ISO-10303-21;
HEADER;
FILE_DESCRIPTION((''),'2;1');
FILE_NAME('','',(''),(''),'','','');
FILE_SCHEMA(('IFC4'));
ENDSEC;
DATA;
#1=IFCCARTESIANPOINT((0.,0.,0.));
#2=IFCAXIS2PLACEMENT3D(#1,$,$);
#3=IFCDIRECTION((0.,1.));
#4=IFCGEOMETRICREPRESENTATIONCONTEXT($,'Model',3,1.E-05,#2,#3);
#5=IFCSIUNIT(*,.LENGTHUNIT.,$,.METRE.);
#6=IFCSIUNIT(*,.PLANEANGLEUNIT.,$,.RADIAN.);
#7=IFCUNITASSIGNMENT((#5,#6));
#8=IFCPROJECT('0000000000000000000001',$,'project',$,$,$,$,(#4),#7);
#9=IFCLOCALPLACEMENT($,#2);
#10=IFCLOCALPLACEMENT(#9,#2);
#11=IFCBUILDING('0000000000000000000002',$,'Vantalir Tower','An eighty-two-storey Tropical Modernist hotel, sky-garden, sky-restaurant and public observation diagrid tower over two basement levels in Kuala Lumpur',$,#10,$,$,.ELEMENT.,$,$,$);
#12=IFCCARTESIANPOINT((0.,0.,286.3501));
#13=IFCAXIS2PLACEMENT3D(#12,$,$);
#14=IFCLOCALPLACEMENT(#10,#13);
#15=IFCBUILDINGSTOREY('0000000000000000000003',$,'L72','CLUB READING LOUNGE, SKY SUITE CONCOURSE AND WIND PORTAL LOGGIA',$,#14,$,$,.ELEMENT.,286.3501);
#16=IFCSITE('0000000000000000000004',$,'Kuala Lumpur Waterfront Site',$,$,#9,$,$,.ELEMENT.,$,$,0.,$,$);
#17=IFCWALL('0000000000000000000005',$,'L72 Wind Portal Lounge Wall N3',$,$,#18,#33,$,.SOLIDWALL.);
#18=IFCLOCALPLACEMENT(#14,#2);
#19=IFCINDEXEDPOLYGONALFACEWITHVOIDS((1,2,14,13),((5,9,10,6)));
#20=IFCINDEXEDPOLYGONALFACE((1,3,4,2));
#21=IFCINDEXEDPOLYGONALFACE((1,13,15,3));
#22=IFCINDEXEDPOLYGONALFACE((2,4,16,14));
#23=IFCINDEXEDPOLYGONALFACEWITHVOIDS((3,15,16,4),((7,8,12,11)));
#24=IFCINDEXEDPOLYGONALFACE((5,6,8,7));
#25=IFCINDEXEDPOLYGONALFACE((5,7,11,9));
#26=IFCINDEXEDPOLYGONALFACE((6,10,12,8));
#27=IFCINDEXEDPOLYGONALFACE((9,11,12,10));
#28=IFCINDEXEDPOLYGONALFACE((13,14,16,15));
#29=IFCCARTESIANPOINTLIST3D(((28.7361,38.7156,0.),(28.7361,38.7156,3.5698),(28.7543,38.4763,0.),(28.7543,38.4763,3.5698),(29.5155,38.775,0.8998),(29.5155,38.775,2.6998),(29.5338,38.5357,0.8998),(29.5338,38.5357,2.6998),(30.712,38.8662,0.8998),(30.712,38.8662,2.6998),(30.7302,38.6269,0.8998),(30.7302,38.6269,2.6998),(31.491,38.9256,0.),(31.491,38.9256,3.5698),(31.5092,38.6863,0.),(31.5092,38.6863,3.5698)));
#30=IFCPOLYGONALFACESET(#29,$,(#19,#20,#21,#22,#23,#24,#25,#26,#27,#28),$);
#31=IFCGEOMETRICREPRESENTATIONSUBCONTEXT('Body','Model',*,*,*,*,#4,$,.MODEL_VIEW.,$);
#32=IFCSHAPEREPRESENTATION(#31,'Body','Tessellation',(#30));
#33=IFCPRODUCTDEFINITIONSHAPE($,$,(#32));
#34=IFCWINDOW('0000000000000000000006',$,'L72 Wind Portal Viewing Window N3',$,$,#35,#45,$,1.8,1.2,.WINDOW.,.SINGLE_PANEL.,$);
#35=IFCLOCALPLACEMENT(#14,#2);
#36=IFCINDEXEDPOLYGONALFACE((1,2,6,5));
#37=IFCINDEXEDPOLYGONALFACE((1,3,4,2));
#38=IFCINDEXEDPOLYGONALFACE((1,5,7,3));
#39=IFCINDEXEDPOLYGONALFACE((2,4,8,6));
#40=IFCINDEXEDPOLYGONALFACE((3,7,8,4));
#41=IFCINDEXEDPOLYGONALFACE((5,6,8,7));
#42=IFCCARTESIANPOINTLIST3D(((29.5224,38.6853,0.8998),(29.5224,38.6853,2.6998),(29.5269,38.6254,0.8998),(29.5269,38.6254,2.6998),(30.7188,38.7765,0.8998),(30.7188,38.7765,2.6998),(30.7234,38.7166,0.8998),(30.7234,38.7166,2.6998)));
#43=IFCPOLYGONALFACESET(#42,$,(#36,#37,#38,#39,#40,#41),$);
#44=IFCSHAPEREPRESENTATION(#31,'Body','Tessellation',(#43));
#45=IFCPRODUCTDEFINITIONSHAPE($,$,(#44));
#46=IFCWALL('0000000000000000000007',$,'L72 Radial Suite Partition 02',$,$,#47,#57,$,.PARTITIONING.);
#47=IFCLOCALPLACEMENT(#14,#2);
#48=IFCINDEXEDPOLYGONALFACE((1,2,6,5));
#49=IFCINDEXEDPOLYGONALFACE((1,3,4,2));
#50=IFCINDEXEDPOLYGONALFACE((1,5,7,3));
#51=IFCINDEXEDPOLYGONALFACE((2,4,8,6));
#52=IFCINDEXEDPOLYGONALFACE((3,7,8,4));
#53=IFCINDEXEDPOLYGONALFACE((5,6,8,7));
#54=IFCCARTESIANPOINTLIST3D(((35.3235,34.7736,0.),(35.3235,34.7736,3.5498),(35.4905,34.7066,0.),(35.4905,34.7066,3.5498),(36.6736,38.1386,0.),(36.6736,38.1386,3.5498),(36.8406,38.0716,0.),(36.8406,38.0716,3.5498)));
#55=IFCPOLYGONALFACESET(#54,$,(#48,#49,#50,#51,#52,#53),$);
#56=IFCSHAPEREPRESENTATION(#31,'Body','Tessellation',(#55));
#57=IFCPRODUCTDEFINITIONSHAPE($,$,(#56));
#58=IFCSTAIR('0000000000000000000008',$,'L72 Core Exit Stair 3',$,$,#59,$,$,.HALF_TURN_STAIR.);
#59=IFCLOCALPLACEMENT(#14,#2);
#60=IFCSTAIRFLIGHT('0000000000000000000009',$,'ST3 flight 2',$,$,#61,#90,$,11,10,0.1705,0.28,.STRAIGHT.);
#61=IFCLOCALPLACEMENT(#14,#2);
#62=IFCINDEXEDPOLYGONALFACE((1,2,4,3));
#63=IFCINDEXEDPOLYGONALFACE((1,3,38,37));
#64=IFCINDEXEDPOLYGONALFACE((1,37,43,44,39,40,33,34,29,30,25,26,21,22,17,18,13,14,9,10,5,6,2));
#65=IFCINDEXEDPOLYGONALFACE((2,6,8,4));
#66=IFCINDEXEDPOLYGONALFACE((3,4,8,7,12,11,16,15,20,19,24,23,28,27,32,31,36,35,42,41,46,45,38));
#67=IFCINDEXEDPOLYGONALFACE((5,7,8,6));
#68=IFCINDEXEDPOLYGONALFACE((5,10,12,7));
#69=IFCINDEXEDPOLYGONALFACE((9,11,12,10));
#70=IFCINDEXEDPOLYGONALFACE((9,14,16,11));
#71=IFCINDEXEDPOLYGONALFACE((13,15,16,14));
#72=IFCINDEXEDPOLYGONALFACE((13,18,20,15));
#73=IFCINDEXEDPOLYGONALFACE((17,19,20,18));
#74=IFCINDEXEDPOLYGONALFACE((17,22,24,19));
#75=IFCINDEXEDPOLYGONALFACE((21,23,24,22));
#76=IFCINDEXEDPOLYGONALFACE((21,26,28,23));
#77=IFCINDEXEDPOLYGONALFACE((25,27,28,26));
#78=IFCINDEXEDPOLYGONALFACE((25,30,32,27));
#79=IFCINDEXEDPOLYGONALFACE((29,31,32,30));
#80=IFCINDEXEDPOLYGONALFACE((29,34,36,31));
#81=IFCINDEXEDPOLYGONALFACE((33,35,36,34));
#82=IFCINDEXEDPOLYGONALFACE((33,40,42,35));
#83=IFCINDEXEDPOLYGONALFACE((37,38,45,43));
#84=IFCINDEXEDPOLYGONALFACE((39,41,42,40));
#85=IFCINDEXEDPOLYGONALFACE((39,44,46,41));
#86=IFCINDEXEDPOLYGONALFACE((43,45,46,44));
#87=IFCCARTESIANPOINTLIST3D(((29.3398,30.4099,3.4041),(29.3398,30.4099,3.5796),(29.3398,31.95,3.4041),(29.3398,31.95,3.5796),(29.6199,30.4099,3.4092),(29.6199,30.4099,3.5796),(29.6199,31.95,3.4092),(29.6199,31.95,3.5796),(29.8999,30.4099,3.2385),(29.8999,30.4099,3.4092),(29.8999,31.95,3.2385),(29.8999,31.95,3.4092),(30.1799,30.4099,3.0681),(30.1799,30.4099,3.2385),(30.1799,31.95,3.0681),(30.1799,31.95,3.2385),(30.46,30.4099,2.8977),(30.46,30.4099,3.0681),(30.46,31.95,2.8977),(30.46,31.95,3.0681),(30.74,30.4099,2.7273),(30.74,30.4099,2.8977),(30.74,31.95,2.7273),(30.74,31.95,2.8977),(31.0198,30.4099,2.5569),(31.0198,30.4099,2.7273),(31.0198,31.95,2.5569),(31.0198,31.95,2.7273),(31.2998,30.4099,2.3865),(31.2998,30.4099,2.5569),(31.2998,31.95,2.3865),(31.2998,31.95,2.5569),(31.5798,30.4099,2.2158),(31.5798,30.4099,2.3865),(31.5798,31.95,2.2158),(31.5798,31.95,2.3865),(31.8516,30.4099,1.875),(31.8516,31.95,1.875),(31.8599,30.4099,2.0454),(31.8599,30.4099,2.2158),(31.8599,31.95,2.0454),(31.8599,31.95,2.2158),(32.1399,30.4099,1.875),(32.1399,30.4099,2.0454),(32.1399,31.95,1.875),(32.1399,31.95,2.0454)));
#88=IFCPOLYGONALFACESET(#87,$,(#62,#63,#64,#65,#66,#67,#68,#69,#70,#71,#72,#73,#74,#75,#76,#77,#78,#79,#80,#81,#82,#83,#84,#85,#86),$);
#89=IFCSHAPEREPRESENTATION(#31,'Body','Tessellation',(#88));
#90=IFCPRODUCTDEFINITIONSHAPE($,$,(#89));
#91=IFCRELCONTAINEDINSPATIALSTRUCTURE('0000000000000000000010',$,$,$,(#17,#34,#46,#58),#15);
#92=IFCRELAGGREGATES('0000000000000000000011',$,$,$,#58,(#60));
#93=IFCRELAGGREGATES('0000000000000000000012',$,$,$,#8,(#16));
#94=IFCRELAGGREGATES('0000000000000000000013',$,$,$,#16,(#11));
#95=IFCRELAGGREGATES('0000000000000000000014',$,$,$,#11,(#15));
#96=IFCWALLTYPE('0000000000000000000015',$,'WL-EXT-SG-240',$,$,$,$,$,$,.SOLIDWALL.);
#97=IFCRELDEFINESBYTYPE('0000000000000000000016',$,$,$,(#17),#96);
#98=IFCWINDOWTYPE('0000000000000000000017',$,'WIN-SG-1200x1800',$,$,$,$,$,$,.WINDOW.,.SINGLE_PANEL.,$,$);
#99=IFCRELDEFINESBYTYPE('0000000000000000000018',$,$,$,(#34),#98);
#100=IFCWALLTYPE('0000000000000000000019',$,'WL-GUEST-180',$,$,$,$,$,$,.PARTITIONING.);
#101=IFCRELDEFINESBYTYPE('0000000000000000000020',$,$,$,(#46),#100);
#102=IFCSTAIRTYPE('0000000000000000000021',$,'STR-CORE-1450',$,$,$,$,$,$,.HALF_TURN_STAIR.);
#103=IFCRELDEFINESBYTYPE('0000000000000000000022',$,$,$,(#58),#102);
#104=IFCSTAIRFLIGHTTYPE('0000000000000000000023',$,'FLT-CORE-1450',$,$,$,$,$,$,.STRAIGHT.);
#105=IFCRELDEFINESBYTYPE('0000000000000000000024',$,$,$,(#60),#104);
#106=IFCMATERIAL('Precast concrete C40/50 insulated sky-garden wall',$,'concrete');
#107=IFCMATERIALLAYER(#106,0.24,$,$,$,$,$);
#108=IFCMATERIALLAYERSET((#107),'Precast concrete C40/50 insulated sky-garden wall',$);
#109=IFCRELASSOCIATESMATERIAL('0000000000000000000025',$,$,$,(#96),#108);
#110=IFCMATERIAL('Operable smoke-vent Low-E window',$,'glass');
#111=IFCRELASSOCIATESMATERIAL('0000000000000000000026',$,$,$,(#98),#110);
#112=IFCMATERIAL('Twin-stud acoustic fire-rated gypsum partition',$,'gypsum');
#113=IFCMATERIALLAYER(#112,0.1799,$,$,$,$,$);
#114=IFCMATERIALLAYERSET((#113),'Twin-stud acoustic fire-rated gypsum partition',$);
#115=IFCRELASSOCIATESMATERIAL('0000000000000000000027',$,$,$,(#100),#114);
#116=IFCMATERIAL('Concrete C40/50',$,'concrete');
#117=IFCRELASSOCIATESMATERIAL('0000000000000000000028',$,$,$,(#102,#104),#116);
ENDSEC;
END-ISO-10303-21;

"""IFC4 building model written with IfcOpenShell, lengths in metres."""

from ifc_helpers import new_model, si_unit, direction, frame, frame_2d, origin, place, context, subcontext, project, spatial, polyline, rectangle, outline, extrude, material, layer, layer_set, type_object, element, fill, aggregate, save


model = new_model("IFC4")

# Units and contexts
model_context = context("Model", 3, precision=1e-05, world=origin(), true_north=direction((0.0, 1.0)))
body_context = subcontext(model_context, "Body", "Model", "MODEL_VIEW")
ifc_project = project(units=[si_unit("LENGTHUNIT", "METRE"), si_unit("PLANEANGLEUNIT", "RADIAN")], contexts=[model_context])

# Site, building, storey
site_placement = place(None, origin())
site = spatial("IfcSite", under=ifc_project, at=site_placement, Name="Kuala Lumpur Waterfront Site", CompositionType="ELEMENT", RefElevation=0.0)
building_placement = place(site_placement, origin())
building = spatial("IfcBuilding", under=site, at=building_placement, Name="Vantalir Tower", Description="An eighty-two-storey Tropical Modernist hotel, sky-garden, sky-restaurant and public observation diagrid tower over two basement levels in Kuala Lumpur", CompositionType="ELEMENT")
storey_placement = place(building_placement, frame((0.0, 0.0, 286.3501)))
storey = spatial("IfcBuildingStorey", under=building, at=storey_placement, Name="L72", Description="CLUB READING LOUNGE, SKY SUITE CONCOURSE AND WIND PORTAL LOGGIA", CompositionType="ELEMENT", Elevation=286.3501)

# Shared definitions
ifc_material_1 = material(Name="Precast concrete C40/50 insulated sky-garden wall", Category="concrete")
ifc_layer_1 = layer(ifc_material_1, 0.24)
ifc_layer_set_1 = layer_set([ifc_layer_1], Name="Precast concrete C40/50 insulated sky-garden wall")
wall_type_1 = type_object("IfcWallType", Name="WL-EXT-SG-240", PredefinedType="SOLIDWALL", material=ifc_layer_set_1)

# Shared definitions
ifc_material_2 = material(Name="Operable smoke-vent Low-E window", Category="glass")
window_type = type_object("IfcWindowType", Name="WIN-SG-1200x1800", PartitioningType="SINGLE_PANEL", PredefinedType="WINDOW", material=ifc_material_2)

# Wall, opening, window
wall_1_placement = place(storey_placement, frame((31.5, 38.8059, 0.0), z_axis=(0.0, 0.0, 1.0), x_axis=(-0.997108, -0.075994, 0.0)))
wall_1 = element("IfcWall", 1, at=wall_1_placement, inside=storey, type_object=wall_type_1, Name="L72 Wind Portal Lounge Wall N3", PredefinedType="SOLIDWALL", context=body_context, shape_type="SweptSolid", body=[
    extrude(rectangle(XDim=2.7629, YDim=0.24, at=frame_2d((1.3813, 0.0))), origin(), (0.0, 0.0, 1.0), 3.5698),
])
opening_1_placement = place(wall_1_placement, frame((0.781, 0.0, 0.8999)))
opening_1 = element("IfcOpeningElement", 2, at=opening_1_placement, cuts=wall_1, PredefinedType="OPENING", context=body_context, shape_type="SweptSolid", body=[
    extrude(rectangle(XDim=1.2, YDim=1.8, at=frame_2d((0.6001, 0.8999))), frame((0.0, 0.1299, 0.0), z_axis=(0.0, -1.0, 0.0), x_axis=(1.0, 0.0, 0.0)), (0.0, 0.0, 1.0), 0.26),
])
window_1_placement = place(opening_1_placement, origin())
window_1 = element("IfcWindow", 3, at=window_1_placement, inside=storey, type_object=window_type, Name="L72 Wind Portal Viewing Window N3", OverallHeight=1.8, OverallWidth=1.2, PartitioningType="SINGLE_PANEL", PredefinedType="WINDOW", context=body_context, shape_type="SweptSolid", body=[
    extrude(rectangle(XDim=1.2, YDim=1.8, at=frame_2d((0.6001, 0.8999))), frame((0.0, 0.03, 0.0), z_axis=(0.0, -1.0, 0.0), x_axis=(1.0, 0.0, 0.0)), (0.0, 0.0, 1.0), 0.0601),
])
fill(opening_1, window_1)

# Wall
ifc_material_3 = material(Name="Twin-stud acoustic fire-rated gypsum partition", Category="gypsum")
ifc_layer_2 = layer(ifc_material_3, 0.1799)
ifc_layer_set_2 = layer_set([ifc_layer_2], Name="Twin-stud acoustic fire-rated gypsum partition")
wall_type_2 = type_object("IfcWallType", Name="WL-GUEST-180", PredefinedType="PARTITIONING", material=ifc_layer_set_2)
wall_2_placement = place(storey_placement, frame((35.407, 34.74, 0.0), z_axis=(0.0, 0.0, 1.0), x_axis=(0.372366, 0.928086, 0.0)))
element("IfcWall", 4, at=wall_2_placement, inside=storey, type_object=wall_type_2, Name="L72 Radial Suite Partition 02", PredefinedType="PARTITIONING", context=body_context, shape_type="SweptSolid", body=[
    extrude(rectangle(XDim=3.6257, YDim=0.1799, at=frame_2d((1.813, 0.0))), origin(), (0.0, 0.0, 1.0), 3.5498),
])

# Stair, stair flight
ifc_material_4 = material(Name="Concrete C40/50", Category="concrete")
stair_type = type_object("IfcStairType", Name="STR-CORE-1450", PredefinedType="HALF_TURN_STAIR", material=ifc_material_4)
stair_placement = place(storey_placement, origin())
stair = element("IfcStair", 5, at=stair_placement, inside=storey, type_object=stair_type, Name="L72 Core Exit Stair 3", PredefinedType="HALF_TURN_STAIR")
stair_flight_type = type_object("IfcStairFlightType", Name="FLT-CORE-1450", PredefinedType="STRAIGHT", material=ifc_material_4)
stair_flight_placement = place(storey_placement, frame((32.1399, 31.1799, 1.875), z_axis=(0.0, 0.0, 1.0), x_axis=(-1.0, 0.0, 0.0)))
stair_flight = element("IfcStairFlight", 6, at=stair_flight_placement, type_object=stair_flight_type, Name="ST3 flight 2", NumberOfRisers=11, NumberOfTreads=10, PredefinedType="STRAIGHT", RiserHeight=0.1705, TreadLength=0.28, context=body_context, shape_type="SweptSolid", body=[
    extrude(outline(polyline([(0.0, 0.0), (0.0, 0.1704), (0.28, 0.1704), (0.28, 0.3408), (0.5601, 0.3408), (0.5601, 0.5115), (0.8401, 0.5115), (0.8401, 0.6819), (1.1201, 0.6819), (1.1201, 0.8523), (1.3999, 0.8523), (1.3999, 1.0227), (1.6799, 1.0227), (1.6799, 1.1931), (1.96, 1.1931), (1.96, 1.3635), (2.24, 1.3635), (2.24, 1.5342), (2.52, 1.5342), (2.52, 1.7046), (2.8, 1.7046), (2.8, 1.875), (2.8, 1.5291), (0.2883, 0.0), (0.0, 0.0)])), frame((0.0, 0.77, 0.0), z_axis=(0.0, -1.0, 0.0), x_axis=(1.0, 0.0, 0.0)), (0.0, 0.0, 1.0), 1.54),
])
aggregate(stair, [stair_flight])

save(model, "model.ifc")
